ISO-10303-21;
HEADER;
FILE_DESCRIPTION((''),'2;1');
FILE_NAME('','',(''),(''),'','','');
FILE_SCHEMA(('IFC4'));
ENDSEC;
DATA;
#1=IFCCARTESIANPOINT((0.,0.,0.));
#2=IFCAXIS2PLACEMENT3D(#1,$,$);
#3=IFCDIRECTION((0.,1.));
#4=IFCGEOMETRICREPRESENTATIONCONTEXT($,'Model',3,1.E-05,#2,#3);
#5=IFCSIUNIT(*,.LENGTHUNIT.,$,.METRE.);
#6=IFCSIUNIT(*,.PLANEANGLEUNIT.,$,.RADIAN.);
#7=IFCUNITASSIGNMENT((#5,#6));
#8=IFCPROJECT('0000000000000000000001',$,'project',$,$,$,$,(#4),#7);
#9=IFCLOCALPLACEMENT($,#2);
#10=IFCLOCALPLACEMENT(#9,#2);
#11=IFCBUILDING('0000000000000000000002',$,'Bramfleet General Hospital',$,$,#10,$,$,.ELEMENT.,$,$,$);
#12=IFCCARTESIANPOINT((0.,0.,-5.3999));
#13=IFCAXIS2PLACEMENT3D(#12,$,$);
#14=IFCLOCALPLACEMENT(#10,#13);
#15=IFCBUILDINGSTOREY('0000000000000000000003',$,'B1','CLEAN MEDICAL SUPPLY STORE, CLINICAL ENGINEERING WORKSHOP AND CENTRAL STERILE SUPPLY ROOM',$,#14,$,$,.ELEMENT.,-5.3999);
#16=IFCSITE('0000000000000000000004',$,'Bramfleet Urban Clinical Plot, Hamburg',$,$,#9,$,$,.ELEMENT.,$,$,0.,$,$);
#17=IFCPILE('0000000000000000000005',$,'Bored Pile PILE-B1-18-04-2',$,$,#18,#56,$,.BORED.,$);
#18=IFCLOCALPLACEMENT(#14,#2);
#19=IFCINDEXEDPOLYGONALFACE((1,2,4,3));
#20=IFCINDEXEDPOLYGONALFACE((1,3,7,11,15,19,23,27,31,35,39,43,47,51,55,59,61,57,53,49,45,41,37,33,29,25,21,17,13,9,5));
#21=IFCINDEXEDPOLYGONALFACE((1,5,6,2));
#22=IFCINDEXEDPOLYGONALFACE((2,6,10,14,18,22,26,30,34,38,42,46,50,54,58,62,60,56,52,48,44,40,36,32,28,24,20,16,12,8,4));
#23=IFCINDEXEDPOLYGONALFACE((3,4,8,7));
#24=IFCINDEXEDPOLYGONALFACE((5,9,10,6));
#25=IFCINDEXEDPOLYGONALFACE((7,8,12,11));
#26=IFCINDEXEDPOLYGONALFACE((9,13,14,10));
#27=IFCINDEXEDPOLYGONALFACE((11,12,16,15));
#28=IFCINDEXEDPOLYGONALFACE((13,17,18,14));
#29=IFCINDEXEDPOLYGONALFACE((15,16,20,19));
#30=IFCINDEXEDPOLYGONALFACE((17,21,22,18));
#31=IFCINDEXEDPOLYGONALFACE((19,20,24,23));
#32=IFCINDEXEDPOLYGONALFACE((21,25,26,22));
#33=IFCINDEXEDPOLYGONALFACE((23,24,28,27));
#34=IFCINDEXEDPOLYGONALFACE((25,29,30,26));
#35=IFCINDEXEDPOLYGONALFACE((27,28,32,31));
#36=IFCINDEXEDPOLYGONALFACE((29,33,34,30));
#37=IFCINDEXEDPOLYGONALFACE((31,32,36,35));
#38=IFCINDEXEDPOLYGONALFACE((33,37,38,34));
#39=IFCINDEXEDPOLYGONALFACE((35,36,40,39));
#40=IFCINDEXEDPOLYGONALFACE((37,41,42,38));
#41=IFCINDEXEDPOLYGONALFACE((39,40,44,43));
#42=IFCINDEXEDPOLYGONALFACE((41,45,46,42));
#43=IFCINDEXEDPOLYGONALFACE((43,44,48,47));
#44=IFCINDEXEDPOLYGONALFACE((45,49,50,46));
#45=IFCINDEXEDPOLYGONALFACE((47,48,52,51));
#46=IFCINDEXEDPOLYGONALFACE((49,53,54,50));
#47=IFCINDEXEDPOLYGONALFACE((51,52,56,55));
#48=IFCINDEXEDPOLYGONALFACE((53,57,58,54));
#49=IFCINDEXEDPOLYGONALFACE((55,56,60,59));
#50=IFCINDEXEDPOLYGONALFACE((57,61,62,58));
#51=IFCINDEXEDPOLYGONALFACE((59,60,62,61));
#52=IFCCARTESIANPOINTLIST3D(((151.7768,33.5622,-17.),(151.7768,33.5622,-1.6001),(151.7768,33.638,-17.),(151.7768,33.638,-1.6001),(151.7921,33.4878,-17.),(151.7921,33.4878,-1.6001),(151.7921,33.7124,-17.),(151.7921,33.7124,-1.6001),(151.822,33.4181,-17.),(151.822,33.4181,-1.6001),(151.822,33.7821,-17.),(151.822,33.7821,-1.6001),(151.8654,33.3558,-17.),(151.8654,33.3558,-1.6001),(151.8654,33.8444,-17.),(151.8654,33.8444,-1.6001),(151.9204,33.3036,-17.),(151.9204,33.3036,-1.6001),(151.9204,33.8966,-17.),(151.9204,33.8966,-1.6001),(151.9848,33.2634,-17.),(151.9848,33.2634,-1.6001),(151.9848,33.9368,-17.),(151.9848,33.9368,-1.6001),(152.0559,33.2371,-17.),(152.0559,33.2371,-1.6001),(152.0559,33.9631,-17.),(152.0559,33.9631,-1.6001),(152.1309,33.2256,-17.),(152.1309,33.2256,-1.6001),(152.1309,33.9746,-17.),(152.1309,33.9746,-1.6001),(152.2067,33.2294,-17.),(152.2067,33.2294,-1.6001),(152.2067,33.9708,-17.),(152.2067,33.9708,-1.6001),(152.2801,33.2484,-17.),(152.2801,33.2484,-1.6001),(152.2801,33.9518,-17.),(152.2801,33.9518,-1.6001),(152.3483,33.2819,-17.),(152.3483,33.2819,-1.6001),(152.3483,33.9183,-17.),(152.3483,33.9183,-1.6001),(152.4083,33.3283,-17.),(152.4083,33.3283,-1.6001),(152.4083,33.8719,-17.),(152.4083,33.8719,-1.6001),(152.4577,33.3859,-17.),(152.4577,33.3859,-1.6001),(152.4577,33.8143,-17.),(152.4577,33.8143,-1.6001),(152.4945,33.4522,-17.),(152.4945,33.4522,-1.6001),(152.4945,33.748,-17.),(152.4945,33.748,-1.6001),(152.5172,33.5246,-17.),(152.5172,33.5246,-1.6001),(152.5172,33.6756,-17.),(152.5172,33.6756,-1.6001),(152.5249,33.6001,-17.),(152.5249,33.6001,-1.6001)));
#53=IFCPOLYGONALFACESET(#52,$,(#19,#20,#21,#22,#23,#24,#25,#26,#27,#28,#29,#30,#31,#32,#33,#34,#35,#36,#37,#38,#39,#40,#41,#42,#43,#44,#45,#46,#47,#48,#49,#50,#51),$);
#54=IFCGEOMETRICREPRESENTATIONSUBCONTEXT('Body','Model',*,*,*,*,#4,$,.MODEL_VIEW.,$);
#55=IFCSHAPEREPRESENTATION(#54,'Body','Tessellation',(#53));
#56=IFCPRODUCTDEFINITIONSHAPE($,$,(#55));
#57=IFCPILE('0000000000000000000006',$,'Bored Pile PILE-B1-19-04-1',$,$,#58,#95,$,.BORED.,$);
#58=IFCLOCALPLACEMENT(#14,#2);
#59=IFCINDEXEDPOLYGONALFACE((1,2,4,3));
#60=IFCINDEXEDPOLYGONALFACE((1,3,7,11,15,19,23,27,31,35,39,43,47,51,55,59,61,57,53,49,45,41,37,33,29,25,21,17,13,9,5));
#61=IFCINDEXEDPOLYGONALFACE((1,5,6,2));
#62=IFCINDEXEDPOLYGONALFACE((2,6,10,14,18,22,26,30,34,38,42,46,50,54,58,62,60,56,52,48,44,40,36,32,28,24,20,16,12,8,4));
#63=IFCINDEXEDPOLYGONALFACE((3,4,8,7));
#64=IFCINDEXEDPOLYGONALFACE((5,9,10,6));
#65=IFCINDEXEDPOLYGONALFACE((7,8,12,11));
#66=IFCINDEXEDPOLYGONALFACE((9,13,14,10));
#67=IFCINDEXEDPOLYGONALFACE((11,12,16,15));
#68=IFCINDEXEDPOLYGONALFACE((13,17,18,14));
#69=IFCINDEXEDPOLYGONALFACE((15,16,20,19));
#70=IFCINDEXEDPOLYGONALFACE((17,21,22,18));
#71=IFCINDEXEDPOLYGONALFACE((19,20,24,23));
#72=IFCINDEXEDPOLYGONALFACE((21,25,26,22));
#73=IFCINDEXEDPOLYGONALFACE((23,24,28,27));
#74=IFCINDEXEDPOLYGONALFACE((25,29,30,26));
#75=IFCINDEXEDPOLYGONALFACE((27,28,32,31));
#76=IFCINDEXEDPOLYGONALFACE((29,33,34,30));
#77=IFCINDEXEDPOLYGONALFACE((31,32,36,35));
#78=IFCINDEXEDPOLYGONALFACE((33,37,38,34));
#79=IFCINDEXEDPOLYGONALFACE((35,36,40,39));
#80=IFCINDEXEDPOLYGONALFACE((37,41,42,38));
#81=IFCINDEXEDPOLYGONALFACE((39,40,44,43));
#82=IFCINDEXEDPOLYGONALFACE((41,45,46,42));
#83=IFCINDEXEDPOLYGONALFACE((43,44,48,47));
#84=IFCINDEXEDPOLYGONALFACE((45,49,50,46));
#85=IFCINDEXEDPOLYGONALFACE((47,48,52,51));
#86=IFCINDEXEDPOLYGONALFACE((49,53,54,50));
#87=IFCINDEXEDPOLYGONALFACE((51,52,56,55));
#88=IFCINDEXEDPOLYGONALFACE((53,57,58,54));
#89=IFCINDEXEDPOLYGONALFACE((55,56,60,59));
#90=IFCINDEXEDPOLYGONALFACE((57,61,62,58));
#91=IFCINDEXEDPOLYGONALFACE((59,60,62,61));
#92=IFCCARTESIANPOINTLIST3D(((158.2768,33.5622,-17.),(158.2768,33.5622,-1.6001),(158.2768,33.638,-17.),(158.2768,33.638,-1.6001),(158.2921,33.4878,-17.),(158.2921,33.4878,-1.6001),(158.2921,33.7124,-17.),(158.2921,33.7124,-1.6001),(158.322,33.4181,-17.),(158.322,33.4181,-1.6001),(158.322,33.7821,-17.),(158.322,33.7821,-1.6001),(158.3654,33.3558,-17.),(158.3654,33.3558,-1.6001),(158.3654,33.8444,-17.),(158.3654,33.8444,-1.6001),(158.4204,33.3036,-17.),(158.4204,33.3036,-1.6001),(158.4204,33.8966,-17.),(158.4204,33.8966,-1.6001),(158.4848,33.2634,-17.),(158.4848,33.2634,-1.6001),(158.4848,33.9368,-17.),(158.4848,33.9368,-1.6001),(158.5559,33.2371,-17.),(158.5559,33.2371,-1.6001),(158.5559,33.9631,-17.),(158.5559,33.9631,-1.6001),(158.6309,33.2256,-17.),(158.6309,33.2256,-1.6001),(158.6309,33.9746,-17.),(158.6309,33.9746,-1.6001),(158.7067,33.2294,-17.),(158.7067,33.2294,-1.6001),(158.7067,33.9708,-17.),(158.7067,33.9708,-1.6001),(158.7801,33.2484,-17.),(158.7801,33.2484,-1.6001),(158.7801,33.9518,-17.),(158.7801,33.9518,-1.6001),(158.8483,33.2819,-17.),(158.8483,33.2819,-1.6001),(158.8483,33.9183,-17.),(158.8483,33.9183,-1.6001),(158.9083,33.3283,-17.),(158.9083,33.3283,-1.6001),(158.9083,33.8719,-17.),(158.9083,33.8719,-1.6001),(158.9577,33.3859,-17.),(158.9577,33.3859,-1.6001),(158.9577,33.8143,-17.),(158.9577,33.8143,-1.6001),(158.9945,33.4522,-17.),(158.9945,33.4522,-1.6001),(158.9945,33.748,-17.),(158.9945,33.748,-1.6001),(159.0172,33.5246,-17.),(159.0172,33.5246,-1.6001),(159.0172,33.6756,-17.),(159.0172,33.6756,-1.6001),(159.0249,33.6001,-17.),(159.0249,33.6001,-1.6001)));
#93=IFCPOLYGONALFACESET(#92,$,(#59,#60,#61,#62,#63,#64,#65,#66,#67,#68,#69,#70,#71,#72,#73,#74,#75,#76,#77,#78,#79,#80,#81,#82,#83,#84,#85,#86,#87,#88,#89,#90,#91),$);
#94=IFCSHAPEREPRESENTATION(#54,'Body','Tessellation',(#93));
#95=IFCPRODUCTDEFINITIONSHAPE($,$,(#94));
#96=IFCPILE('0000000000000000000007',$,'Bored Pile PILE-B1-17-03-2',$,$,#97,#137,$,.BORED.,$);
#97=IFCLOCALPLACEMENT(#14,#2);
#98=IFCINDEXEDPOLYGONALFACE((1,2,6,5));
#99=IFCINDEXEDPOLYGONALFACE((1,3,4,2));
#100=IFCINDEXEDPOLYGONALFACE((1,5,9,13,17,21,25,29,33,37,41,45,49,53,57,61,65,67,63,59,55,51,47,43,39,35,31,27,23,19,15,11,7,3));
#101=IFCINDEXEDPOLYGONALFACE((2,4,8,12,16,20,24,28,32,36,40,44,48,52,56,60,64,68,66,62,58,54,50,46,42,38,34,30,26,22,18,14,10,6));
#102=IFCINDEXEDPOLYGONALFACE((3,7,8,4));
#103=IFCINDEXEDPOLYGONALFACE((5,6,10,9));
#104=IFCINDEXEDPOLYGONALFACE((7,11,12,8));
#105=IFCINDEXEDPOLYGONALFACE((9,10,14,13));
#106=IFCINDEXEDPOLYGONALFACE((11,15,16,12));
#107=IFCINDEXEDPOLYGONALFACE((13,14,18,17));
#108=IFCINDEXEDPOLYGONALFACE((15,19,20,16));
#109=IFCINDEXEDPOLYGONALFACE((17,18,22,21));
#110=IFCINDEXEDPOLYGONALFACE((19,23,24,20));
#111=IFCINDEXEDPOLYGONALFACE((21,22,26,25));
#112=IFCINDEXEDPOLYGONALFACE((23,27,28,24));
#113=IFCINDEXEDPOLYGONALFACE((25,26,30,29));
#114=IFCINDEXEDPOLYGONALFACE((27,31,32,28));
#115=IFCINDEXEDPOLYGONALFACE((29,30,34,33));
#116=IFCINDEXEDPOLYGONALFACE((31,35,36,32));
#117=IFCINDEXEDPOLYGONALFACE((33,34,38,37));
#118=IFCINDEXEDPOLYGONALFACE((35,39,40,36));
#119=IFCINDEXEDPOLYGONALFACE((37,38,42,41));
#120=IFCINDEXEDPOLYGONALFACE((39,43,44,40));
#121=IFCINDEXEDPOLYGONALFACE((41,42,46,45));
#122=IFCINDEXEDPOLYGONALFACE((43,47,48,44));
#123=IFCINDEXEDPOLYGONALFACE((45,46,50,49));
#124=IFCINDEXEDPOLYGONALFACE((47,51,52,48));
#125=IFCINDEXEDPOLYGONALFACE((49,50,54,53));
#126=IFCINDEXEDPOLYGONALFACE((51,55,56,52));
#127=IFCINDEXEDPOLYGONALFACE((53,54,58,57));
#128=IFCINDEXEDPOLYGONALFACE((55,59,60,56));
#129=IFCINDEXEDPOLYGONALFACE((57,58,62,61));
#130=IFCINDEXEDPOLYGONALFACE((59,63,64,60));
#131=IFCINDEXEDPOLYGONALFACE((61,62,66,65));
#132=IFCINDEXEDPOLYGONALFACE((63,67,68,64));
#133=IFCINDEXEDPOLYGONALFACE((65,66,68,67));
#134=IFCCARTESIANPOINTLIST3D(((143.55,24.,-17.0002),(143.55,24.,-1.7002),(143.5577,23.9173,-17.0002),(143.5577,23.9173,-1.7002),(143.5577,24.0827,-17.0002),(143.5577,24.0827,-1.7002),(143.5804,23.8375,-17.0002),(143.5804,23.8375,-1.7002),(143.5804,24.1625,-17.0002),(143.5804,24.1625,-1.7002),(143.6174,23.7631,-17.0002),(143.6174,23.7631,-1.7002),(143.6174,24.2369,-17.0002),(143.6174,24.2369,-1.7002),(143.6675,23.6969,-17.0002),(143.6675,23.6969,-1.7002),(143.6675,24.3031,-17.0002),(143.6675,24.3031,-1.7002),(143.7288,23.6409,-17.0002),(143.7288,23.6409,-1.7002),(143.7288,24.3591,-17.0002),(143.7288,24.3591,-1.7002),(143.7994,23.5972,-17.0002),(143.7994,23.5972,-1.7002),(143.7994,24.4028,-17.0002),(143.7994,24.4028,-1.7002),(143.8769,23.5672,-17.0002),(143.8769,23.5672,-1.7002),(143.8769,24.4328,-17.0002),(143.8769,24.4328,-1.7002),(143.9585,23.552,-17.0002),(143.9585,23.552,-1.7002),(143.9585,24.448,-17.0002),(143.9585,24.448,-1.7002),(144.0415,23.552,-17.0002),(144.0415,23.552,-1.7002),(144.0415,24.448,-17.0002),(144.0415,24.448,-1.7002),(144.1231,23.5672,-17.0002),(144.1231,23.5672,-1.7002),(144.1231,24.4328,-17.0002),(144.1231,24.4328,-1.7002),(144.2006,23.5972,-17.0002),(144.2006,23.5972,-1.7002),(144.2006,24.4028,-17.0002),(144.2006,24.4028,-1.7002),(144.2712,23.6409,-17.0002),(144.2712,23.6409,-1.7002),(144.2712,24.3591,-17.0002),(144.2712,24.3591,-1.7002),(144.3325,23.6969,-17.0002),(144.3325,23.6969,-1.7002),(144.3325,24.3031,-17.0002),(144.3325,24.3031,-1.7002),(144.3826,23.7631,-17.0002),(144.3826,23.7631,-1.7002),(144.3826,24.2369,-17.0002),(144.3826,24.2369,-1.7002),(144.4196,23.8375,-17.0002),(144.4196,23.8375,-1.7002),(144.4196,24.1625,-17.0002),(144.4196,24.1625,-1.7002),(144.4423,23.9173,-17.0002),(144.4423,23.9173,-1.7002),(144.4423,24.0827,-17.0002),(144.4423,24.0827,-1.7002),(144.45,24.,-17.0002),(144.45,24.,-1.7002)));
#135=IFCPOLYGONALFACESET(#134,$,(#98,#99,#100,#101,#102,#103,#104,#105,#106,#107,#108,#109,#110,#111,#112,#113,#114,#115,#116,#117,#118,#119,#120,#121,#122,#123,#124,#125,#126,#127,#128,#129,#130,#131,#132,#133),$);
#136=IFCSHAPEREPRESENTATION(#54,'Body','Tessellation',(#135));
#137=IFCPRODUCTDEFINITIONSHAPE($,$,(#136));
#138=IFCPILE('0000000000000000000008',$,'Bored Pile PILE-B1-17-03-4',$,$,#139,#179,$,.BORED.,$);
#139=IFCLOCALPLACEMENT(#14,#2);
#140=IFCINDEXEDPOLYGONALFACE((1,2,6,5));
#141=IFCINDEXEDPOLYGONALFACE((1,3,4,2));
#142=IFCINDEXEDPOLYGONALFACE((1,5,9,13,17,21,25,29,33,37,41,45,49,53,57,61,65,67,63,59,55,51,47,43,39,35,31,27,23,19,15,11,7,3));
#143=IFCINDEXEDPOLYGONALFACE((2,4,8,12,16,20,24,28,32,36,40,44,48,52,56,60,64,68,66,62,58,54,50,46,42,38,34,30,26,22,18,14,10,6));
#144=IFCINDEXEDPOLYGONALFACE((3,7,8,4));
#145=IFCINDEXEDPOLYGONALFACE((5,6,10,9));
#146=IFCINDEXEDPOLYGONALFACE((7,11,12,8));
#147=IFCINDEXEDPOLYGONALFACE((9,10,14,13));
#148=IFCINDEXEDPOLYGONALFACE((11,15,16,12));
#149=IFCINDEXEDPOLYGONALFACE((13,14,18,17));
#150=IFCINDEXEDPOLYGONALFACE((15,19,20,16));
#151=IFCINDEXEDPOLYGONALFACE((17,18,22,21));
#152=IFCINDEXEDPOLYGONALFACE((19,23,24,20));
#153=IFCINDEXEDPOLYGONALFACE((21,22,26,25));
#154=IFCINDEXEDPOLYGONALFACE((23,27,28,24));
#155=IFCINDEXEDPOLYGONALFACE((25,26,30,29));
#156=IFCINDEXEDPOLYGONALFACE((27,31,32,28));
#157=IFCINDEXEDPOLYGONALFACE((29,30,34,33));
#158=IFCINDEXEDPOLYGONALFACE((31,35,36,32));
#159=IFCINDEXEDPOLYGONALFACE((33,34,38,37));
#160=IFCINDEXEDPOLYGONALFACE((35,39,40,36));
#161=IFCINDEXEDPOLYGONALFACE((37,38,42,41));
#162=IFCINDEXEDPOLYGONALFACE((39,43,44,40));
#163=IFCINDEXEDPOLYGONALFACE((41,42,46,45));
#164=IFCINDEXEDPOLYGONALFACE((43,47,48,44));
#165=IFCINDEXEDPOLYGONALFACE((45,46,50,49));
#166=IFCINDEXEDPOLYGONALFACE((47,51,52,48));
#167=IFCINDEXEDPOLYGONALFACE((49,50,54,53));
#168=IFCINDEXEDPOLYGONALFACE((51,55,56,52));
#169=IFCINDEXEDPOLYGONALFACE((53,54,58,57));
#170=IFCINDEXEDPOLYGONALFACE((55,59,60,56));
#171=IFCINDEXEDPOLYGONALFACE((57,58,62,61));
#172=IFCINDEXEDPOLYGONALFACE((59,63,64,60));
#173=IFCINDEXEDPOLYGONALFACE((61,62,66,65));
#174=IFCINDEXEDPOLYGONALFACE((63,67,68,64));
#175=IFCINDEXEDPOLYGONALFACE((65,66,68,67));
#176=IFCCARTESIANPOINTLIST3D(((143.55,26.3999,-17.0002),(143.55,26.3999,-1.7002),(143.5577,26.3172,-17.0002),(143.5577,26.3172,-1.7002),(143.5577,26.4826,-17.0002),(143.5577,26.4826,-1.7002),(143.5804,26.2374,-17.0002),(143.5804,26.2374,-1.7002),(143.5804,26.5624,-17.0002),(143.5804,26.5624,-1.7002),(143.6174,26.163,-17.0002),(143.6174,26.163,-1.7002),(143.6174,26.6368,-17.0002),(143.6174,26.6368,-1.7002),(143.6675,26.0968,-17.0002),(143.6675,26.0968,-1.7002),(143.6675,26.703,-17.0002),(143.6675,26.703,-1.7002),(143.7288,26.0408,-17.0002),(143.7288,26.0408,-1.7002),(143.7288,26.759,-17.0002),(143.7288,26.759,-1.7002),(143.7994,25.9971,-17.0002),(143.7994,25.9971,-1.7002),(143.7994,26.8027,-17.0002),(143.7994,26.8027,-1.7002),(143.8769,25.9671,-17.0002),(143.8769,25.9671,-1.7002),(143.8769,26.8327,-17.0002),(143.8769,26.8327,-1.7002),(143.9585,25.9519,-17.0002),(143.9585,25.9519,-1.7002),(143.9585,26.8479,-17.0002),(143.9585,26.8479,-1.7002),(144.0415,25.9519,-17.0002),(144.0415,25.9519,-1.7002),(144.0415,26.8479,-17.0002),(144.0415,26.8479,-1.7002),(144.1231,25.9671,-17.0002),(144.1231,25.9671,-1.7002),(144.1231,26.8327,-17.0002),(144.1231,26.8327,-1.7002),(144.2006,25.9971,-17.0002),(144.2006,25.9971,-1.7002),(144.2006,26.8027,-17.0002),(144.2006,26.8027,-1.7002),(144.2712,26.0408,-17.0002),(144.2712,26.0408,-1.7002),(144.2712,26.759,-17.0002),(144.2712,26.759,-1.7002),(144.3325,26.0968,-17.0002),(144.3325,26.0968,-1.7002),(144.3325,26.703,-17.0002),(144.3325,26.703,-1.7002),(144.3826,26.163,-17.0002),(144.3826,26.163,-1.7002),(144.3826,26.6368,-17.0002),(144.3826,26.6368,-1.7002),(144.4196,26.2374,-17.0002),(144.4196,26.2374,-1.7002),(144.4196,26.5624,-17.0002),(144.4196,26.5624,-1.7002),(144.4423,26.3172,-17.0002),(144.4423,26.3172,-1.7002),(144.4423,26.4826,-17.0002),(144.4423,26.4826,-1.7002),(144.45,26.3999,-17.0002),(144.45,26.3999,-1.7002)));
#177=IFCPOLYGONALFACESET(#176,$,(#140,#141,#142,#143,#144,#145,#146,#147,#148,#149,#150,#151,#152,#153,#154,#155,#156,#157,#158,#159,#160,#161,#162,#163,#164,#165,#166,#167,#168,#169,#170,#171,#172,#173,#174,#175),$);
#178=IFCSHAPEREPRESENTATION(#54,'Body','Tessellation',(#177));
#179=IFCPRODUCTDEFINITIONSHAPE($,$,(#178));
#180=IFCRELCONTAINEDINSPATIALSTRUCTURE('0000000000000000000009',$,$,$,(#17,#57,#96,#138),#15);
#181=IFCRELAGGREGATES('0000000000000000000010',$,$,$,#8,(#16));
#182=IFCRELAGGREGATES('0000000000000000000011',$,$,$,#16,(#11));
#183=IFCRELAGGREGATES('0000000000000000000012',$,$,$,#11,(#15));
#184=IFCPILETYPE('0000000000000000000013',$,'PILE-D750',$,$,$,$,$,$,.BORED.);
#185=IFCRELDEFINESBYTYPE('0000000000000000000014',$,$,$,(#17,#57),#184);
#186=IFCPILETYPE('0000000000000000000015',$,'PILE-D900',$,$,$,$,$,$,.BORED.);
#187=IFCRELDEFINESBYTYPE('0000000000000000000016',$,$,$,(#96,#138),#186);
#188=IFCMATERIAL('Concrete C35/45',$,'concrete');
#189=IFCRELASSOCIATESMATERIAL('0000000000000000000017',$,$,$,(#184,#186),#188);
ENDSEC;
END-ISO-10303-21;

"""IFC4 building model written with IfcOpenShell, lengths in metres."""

from ifc_helpers import new_model, si_unit, direction, frame, origin, origin_2d, place, context, subcontext, project, spatial, circle, extrude, material, material_profile, profile_set, type_object, element, save


model = new_model("IFC4")

# Units and contexts
model_context = context("Model", 3, precision=1e-05, world=origin(), true_north=direction((0.0, 1.0)))
body_context = subcontext(model_context, "Body", "Model", "MODEL_VIEW")
ifc_project = project(units=[si_unit("LENGTHUNIT", "METRE"), si_unit("PLANEANGLEUNIT", "RADIAN")], contexts=[model_context])

# Site, building, storey
site_placement = place(None, origin())
site = spatial("IfcSite", under=ifc_project, at=site_placement, Name="Bramfleet Urban Clinical Plot, Hamburg", CompositionType="ELEMENT", RefElevation=0.0)
building_placement = place(site_placement, origin())
building = spatial("IfcBuilding", under=site, at=building_placement, Name="Bramfleet General Hospital", CompositionType="ELEMENT")
storey_placement = place(building_placement, frame((0.0, 0.0, -5.3999)))
storey = spatial("IfcBuildingStorey", under=building, at=storey_placement, Name="B1", Description="CLEAN MEDICAL SUPPLY STORE, CLINICAL ENGINEERING WORKSHOP AND CENTRAL STERILE SUPPLY ROOM", CompositionType="ELEMENT", Elevation=-5.3999)

# Shared definitions
ifc_material_1 = material(Name="Concrete C35/45", Category="concrete")

# Piles
ifc_material_profile_1 = material_profile(ifc_material_1, circle(Radius=0.375, at=origin_2d()), Name="PILE BORED D750")
ifc_profile_set_1 = profile_set([ifc_material_profile_1], Name="Concrete C35/45")
pile_type_1 = type_object("IfcPileType", Name="PILE-D750", PredefinedType="BORED", material=ifc_profile_set_1)
for number, where, z_axis, x_axis, name in (
    (1, (152.1499, 33.6001, -1.6001), (0.0, 0.0, -1.0), (1.0, 0.0, 0.0), "Bored Pile PILE-B1-18-04-2"),
    (2, (158.6499, 33.6001, -1.6001), (0.0, 0.0, -1.0), (1.0, 0.0, 0.0), "Bored Pile PILE-B1-19-04-1"),
):
    element("IfcPile", number, at=place(storey_placement, frame(where, z_axis=z_axis, x_axis=x_axis)), inside=storey, type_object=pile_type_1, Name=name, PredefinedType="BORED", context=body_context, shape_type="SweptSolid", body=[
        extrude(circle(Radius=0.375, at=origin_2d()), origin(), (0.0, 0.0, 1.0), 15.3999),
    ])
ifc_material_profile_2 = material_profile(ifc_material_1, circle(Radius=0.45, at=origin_2d()), Name="PILE BORED D900")
ifc_profile_set_2 = profile_set([ifc_material_profile_2], Name="Concrete C35/45")
pile_type_2 = type_object("IfcPileType", Name="PILE-D900", PredefinedType="BORED", material=ifc_profile_set_2)
for number, where, z_axis, x_axis, name in (
    (3, (144.0, 24.0, -1.7002), (0.0, 0.0, -1.0), (1.0, 0.0, 0.0), "Bored Pile PILE-B1-17-03-2"),
    (4, (144.0, 26.3999, -1.7002), (0.0, 0.0, -1.0), (1.0, 0.0, 0.0), "Bored Pile PILE-B1-17-03-4"),
):
    element("IfcPile", number, at=place(storey_placement, frame(where, z_axis=z_axis, x_axis=x_axis)), inside=storey, type_object=pile_type_2, Name=name, PredefinedType="BORED", context=body_context, shape_type="SweptSolid", body=[
        extrude(circle(Radius=0.45, at=origin_2d()), origin(), (0.0, 0.0, 1.0), 15.3),
    ])

save(model, "model.ifc")
